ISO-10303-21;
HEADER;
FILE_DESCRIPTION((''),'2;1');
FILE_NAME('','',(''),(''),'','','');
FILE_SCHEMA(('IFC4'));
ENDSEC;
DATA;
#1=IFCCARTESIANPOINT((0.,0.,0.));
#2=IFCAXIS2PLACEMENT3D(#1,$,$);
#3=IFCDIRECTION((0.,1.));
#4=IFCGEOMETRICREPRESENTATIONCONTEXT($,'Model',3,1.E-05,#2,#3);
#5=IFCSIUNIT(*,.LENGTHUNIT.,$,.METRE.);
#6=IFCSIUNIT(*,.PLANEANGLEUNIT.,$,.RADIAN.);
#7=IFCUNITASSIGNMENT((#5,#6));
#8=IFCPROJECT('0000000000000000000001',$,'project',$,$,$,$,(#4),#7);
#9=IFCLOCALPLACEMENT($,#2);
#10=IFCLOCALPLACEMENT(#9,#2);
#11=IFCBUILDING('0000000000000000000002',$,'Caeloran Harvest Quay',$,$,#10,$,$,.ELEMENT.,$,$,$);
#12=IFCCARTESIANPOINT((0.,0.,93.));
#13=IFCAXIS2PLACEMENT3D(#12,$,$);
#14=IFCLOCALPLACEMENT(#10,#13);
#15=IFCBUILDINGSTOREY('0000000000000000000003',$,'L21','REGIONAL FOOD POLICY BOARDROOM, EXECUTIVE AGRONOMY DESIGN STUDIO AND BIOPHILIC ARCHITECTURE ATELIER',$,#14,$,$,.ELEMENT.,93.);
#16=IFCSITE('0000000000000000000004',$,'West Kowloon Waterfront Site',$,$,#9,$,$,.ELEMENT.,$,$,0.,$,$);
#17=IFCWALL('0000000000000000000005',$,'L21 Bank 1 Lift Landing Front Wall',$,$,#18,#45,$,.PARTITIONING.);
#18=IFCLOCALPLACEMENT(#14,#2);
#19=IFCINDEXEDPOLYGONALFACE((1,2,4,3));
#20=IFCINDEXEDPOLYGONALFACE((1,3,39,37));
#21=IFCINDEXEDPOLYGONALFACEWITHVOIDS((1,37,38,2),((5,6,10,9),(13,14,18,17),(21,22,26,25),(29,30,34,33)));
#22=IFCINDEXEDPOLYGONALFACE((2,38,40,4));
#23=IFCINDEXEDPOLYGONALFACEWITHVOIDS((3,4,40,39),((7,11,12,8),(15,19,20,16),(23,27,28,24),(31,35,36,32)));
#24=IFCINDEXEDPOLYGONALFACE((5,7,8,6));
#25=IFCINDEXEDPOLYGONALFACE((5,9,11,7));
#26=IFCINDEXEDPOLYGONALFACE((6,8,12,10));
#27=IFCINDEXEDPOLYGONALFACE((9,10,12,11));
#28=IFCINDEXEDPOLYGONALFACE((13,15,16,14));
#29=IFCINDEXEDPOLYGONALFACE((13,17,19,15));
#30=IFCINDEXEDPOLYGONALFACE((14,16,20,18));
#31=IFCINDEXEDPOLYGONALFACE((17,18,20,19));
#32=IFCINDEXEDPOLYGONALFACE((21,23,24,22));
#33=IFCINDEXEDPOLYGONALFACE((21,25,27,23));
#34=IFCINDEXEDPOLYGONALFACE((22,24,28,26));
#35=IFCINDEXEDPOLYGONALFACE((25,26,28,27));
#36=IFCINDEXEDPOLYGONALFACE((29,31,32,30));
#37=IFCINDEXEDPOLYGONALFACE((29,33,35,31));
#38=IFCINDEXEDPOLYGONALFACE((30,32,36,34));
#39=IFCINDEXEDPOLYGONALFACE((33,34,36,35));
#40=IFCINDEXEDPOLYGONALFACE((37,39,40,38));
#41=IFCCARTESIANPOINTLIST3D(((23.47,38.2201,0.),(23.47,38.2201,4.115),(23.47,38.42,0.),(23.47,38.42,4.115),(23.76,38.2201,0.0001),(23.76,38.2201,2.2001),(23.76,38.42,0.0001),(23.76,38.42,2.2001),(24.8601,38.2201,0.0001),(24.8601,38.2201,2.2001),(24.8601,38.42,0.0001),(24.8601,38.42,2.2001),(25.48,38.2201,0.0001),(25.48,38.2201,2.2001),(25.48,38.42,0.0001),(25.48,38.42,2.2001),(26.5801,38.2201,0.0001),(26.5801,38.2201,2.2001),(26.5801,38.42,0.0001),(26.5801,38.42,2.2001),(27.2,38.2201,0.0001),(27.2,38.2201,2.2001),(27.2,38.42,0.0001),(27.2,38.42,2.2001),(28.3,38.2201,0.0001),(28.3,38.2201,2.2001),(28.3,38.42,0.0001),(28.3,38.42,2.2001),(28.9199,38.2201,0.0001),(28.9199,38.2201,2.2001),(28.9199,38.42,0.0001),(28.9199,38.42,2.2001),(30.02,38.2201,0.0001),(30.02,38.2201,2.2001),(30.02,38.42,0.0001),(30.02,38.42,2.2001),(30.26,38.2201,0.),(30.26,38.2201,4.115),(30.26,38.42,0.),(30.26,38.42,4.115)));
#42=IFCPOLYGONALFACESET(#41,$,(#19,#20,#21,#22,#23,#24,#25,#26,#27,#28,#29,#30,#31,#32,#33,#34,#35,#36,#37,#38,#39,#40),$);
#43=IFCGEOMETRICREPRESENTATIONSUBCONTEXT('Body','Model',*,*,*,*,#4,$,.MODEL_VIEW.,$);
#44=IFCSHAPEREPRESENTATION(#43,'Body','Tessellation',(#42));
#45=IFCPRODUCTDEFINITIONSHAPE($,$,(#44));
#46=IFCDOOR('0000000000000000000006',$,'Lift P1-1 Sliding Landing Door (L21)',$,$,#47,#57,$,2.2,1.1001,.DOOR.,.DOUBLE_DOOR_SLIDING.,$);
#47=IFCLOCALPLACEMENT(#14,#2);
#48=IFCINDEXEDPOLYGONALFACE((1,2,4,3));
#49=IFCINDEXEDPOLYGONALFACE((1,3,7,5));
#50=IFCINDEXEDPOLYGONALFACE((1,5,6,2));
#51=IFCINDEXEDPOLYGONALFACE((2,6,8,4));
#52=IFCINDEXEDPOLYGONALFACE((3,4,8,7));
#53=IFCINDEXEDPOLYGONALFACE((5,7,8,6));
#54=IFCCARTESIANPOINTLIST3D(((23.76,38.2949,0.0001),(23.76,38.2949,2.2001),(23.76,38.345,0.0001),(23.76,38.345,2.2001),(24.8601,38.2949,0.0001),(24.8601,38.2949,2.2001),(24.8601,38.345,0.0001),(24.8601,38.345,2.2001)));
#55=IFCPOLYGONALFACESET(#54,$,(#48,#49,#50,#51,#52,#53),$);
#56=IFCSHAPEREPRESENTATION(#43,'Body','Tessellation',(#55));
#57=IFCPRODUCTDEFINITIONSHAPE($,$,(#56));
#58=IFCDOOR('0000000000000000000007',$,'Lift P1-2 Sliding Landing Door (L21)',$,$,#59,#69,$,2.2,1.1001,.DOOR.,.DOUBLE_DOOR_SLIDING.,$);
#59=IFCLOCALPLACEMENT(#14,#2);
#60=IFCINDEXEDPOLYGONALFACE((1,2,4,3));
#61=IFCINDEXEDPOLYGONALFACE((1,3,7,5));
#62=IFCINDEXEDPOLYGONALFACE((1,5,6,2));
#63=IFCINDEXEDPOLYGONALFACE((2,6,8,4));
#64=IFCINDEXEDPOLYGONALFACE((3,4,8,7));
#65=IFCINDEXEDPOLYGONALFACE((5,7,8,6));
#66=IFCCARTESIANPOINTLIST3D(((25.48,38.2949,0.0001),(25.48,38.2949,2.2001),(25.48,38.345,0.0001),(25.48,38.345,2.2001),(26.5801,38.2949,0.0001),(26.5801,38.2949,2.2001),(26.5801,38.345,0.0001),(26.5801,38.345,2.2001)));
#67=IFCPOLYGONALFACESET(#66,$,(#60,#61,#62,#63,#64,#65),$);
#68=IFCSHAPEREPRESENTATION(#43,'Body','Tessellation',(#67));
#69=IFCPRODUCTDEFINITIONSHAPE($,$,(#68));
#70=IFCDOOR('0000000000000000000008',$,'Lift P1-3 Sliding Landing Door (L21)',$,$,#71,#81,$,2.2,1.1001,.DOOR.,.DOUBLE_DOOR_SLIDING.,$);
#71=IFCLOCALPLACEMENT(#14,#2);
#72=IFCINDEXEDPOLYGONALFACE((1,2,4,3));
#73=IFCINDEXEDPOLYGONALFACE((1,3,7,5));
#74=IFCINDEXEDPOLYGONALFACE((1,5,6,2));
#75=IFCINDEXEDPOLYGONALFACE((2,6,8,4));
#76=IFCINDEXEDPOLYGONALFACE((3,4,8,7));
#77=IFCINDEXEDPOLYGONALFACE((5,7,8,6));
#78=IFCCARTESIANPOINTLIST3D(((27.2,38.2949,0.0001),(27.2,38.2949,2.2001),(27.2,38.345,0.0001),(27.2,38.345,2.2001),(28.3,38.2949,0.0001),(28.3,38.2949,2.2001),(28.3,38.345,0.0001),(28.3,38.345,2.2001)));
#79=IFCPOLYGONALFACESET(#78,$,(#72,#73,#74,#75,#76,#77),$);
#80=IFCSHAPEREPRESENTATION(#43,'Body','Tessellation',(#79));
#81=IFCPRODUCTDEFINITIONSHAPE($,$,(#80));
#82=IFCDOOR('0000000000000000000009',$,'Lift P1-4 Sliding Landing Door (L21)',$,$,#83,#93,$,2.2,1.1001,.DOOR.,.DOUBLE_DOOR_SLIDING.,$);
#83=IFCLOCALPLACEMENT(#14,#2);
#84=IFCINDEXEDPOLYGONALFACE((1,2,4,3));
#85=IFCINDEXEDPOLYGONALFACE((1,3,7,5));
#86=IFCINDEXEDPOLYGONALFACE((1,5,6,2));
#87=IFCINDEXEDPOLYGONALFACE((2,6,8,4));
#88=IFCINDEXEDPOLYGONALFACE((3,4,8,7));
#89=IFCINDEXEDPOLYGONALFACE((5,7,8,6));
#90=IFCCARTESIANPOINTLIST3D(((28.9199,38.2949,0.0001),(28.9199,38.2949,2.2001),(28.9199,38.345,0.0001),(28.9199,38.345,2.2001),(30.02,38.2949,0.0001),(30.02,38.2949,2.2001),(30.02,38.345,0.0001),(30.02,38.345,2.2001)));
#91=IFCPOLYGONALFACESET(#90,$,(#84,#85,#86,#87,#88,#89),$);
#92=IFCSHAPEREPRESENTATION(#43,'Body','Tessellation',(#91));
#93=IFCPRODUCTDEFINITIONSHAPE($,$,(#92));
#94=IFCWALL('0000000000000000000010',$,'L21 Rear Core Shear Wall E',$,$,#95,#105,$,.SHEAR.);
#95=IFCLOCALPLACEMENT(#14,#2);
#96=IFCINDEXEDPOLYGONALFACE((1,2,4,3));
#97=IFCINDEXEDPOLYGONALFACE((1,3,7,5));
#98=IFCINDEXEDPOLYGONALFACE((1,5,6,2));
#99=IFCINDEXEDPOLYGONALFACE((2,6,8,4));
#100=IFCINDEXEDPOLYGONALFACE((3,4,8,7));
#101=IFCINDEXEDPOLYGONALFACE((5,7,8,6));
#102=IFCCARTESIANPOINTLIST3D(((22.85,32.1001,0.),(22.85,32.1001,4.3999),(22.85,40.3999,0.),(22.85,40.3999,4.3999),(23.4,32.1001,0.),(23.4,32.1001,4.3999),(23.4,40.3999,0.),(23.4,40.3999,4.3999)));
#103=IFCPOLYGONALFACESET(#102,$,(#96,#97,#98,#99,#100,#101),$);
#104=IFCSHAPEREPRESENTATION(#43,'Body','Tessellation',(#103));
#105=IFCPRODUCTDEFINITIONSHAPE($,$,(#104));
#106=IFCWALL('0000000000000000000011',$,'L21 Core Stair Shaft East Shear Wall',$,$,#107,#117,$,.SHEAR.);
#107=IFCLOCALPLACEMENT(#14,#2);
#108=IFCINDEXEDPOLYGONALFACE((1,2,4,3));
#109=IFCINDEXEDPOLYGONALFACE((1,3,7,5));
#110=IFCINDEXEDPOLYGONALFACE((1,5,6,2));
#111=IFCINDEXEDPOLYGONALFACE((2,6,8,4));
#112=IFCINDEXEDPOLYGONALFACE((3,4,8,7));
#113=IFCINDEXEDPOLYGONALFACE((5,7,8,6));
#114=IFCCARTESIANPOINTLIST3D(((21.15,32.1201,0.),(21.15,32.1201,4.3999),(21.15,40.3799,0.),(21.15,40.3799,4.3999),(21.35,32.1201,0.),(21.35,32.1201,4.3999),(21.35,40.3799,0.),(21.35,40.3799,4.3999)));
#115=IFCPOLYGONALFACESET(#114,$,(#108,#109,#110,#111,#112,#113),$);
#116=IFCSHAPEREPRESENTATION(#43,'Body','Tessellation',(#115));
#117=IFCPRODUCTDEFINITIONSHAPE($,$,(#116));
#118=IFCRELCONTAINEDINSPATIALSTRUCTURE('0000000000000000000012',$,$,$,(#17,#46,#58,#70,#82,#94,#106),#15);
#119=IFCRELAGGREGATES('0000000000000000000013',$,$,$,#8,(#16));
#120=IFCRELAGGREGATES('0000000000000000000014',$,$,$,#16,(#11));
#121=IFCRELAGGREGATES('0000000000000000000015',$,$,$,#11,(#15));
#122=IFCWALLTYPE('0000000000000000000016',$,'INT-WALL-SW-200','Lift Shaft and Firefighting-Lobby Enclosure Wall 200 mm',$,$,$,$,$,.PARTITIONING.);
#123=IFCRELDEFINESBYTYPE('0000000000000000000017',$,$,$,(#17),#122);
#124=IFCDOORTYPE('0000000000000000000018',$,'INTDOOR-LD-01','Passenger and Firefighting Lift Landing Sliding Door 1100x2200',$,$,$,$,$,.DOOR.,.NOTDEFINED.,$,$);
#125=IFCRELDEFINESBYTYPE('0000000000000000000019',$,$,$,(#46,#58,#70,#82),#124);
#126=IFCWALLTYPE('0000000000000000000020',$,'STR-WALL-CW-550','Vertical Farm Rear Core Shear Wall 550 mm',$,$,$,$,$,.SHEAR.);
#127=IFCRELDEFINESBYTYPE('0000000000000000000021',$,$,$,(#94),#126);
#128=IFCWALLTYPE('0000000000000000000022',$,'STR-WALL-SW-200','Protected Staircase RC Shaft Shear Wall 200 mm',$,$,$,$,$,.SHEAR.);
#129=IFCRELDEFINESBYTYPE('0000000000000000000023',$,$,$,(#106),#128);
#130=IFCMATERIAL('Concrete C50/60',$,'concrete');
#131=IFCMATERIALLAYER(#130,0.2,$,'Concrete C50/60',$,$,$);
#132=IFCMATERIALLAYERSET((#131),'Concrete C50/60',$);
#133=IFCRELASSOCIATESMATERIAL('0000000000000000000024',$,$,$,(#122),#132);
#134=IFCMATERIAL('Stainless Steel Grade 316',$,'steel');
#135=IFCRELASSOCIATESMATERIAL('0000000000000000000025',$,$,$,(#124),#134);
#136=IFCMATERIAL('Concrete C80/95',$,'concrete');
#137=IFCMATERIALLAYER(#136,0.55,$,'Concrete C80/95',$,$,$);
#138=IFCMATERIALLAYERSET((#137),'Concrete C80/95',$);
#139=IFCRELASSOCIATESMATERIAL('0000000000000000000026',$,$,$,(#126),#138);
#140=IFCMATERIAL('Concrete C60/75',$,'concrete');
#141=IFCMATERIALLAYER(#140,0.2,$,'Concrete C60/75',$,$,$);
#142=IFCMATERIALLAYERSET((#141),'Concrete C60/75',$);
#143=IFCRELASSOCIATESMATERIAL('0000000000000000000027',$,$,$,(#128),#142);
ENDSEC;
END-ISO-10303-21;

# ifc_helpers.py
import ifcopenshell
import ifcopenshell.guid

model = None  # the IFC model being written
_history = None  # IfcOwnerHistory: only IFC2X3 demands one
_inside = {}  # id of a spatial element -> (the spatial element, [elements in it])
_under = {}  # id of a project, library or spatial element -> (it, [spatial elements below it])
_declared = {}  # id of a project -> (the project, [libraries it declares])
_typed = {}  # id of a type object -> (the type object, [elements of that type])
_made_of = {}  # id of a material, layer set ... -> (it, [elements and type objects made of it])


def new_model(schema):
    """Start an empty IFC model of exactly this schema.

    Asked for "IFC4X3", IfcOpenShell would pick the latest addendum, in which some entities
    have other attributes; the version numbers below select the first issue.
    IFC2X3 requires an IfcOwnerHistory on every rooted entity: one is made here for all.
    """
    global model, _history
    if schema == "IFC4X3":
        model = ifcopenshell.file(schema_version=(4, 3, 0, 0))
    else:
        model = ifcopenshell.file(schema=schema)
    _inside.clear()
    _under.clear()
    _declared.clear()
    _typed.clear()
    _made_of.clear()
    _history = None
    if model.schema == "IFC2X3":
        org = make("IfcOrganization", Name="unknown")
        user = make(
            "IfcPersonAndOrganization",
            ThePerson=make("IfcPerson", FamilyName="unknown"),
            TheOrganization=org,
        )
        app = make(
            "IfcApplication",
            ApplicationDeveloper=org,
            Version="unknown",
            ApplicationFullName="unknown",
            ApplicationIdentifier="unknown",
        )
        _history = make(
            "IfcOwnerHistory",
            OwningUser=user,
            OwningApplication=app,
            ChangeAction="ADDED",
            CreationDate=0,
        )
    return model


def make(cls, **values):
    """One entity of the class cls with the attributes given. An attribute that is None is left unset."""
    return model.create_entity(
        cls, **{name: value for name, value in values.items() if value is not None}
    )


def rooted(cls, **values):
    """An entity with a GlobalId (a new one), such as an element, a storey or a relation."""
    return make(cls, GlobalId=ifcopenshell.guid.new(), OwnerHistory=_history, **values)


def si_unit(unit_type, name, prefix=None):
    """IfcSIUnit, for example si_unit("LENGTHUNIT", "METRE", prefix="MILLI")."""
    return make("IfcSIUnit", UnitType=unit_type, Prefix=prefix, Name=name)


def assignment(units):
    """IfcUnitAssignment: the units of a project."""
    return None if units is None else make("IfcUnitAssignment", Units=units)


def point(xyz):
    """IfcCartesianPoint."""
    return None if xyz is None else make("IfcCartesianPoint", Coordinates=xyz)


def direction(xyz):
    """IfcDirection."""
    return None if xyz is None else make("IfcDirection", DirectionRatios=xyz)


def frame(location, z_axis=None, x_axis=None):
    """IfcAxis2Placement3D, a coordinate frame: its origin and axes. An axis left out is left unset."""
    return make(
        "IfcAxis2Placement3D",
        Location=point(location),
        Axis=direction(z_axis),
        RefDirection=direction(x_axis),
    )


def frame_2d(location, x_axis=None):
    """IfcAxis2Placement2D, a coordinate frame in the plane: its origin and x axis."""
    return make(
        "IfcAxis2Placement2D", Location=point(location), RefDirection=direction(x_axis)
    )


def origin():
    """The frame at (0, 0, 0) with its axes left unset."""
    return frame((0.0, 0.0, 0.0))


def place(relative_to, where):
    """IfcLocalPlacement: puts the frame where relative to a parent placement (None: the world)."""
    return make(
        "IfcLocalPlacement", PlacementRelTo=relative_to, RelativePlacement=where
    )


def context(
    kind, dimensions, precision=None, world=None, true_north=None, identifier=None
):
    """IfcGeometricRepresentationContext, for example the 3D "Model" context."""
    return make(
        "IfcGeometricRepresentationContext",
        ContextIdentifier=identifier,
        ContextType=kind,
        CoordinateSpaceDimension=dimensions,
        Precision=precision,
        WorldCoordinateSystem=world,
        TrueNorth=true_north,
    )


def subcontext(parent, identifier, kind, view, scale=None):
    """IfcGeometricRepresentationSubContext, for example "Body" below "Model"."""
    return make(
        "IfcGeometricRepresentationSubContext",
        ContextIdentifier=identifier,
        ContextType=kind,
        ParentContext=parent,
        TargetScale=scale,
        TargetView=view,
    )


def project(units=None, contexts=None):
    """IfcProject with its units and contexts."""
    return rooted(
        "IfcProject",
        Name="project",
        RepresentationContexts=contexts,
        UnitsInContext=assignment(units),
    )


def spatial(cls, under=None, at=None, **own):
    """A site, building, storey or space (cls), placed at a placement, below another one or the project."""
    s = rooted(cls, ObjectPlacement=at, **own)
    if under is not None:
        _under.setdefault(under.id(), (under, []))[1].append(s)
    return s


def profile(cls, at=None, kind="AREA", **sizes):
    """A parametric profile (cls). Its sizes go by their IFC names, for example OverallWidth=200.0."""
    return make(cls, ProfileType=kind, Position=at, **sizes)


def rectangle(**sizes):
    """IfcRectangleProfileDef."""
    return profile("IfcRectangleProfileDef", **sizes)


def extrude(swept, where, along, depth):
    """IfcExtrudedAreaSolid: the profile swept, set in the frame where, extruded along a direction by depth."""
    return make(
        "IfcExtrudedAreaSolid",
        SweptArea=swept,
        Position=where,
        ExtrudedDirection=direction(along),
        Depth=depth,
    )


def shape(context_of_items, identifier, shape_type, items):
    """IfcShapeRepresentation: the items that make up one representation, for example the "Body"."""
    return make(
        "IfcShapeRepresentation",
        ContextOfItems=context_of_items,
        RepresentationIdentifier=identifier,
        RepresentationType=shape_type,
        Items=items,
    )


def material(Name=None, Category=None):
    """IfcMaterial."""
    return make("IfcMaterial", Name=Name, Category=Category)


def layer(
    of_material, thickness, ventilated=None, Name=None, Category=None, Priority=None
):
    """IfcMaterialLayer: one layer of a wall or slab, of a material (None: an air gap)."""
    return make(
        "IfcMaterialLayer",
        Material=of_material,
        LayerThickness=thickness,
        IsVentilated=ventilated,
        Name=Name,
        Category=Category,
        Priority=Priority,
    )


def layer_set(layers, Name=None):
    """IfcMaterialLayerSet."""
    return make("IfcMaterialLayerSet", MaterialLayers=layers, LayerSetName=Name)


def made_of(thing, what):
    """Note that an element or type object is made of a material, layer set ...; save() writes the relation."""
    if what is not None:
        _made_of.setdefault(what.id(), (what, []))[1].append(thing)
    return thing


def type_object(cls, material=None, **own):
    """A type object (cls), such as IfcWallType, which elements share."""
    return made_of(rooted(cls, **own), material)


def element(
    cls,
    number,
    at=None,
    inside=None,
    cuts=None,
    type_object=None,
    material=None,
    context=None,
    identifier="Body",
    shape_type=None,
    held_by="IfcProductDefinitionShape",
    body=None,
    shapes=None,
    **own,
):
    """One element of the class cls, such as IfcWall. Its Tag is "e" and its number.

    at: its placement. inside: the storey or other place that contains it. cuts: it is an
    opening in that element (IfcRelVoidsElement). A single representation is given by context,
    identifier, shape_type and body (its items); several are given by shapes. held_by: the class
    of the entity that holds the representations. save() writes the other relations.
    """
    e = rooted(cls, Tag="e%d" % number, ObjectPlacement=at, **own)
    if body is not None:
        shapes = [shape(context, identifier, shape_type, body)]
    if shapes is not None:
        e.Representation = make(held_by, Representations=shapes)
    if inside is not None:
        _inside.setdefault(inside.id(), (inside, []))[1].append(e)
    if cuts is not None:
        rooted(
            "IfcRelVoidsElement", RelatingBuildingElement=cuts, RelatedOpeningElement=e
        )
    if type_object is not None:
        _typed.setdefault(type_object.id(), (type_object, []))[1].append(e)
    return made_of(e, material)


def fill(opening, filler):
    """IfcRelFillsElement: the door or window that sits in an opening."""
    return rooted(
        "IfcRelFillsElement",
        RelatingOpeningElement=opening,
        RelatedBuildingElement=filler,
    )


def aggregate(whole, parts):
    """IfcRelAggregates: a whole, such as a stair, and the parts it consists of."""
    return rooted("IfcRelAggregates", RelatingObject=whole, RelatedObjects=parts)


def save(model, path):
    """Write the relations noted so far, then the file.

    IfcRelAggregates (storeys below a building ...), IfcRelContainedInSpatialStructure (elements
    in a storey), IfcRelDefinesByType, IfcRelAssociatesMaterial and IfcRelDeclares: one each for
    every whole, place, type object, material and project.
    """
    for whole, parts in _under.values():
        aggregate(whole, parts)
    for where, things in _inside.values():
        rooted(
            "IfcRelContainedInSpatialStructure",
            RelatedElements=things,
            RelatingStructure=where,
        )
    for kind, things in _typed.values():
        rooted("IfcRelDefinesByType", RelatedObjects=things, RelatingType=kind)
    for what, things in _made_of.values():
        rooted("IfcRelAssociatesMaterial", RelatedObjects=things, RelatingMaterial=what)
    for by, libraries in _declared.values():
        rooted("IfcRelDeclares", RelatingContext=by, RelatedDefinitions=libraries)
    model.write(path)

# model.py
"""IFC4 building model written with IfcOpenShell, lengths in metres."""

from ifc_helpers import new_model, si_unit, direction, frame, frame_2d, origin, place, context, subcontext, project, spatial, rectangle, extrude, material, layer, layer_set, type_object, element, fill, save


model = new_model("IFC4")

# Units and contexts
model_context = context("Model", 3, precision=1e-05, world=origin(), true_north=direction((0.0, 1.0)))
body_context = subcontext(model_context, "Body", "Model", "MODEL_VIEW")
ifc_project = project(units=[si_unit("LENGTHUNIT", "METRE"), si_unit("PLANEANGLEUNIT", "RADIAN")], contexts=[model_context])

# Site, building, storey
site_placement = place(None, origin())
site = spatial("IfcSite", under=ifc_project, at=site_placement, Name="West Kowloon Waterfront Site", CompositionType="ELEMENT", RefElevation=0.0)
building_placement = place(site_placement, origin())
building = spatial("IfcBuilding", under=site, at=building_placement, Name="Caeloran Harvest Quay", CompositionType="ELEMENT")
storey_placement = place(building_placement, frame((0.0, 0.0, 93.0)))
storey = spatial("IfcBuildingStorey", under=building, at=storey_placement, Name="L21", Description="REGIONAL FOOD POLICY BOARDROOM, EXECUTIVE AGRONOMY DESIGN STUDIO AND BIOPHILIC ARCHITECTURE ATELIER", CompositionType="ELEMENT", Elevation=93.0)

# Shared definitions
ifc_material_1 = material(Name="Concrete C80/95", Category="concrete")

# Shared definitions
ifc_material_2 = material(Name="Concrete C50/60", Category="concrete")
ifc_layer_1 = layer(ifc_material_2, 0.2, Name="Concrete C50/60")
ifc_layer_set_1 = layer_set([ifc_layer_1], Name="Concrete C50/60")
wall_type_1 = type_object("IfcWallType", Name="INT-WALL-SW-200", Description="Lift Shaft and Firefighting-Lobby Enclosure Wall 200 mm", PredefinedType="PARTITIONING", material=ifc_layer_set_1)
ifc_material_3 = material(Name="Stainless Steel Grade 316", Category="steel")

# Wall, openings, doors
wall_1_placement = place(storey_placement, frame((23.47, 38.3201, 0.0), z_axis=(0.0, 0.0, 1.0), x_axis=(1.0, 0.0, 0.0)))
wall_1 = element("IfcWall", 1, at=wall_1_placement, inside=storey, type_object=wall_type_1, Name="L21 Bank 1 Lift Landing Front Wall", PredefinedType="PARTITIONING", context=body_context, shape_type="SweptSolid", body=[
    extrude(rectangle(XDim=6.79, YDim=0.2, at=frame_2d((3.395, 0.0))), origin(), (0.0, 0.0, 1.0), 4.115),
])
opening_1_placement = place(wall_1_placement, frame((0.29, 0.0, 0.0)))
opening_1 = element("IfcOpeningElement", 2, at=opening_1_placement, cuts=wall_1, PredefinedType="OPENING", context=body_context, shape_type="SweptSolid", body=[
    extrude(rectangle(XDim=1.1001, YDim=2.2, at=frame_2d((0.55, 1.1001))), frame((0.0, 0.1099, 0.0), z_axis=(0.0, -1.0, 0.0), x_axis=(1.0, 0.0, 0.0)), (0.0, 0.0, 1.0), 0.22),
])
opening_2_placement = place(wall_1_placement, frame((2.01, 0.0, 0.0)))
opening_2 = element("IfcOpeningElement", 3, at=opening_2_placement, cuts=wall_1, PredefinedType="OPENING", context=body_context, shape_type="SweptSolid", body=[
    extrude(rectangle(XDim=1.1001, YDim=2.2, at=frame_2d((0.55, 1.1001))), frame((0.0, 0.1099, 0.0), z_axis=(0.0, -1.0, 0.0), x_axis=(1.0, 0.0, 0.0)), (0.0, 0.0, 1.0), 0.22),
])
opening_3_placement = place(wall_1_placement, frame((3.73, 0.0, 0.0)))
opening_3 = element("IfcOpeningElement", 4, at=opening_3_placement, cuts=wall_1, PredefinedType="OPENING", context=body_context, shape_type="SweptSolid", body=[
    extrude(rectangle(XDim=1.1001, YDim=2.2, at=frame_2d((0.55, 1.1001))), frame((0.0, 0.1099, 0.0), z_axis=(0.0, -1.0, 0.0), x_axis=(1.0, 0.0, 0.0)), (0.0, 0.0, 1.0), 0.22),
])
opening_4_placement = place(wall_1_placement, frame((5.45, 0.0, 0.0)))
opening_4 = element("IfcOpeningElement", 5, at=opening_4_placement, cuts=wall_1, PredefinedType="OPENING", context=body_context, shape_type="SweptSolid", body=[
    extrude(rectangle(XDim=1.1001, YDim=2.2, at=frame_2d((0.55, 1.1001))), frame((0.0, 0.1099, 0.0), z_axis=(0.0, -1.0, 0.0), x_axis=(1.0, 0.0, 0.0)), (0.0, 0.0, 1.0), 0.22),
])
door_type_1 = type_object("IfcDoorType", Name="INTDOOR-LD-01", Description="Passenger and Firefighting Lift Landing Sliding Door 1100x2200", OperationType="NOTDEFINED", PredefinedType="DOOR", material=ifc_material_3)
door_1_placement = place(opening_1_placement, origin())
door_1 = element("IfcDoor", 6, at=door_1_placement, inside=storey, type_object=door_type_1, Name="Lift P1-1 Sliding Landing Door (L21)", OperationType="DOUBLE_DOOR_SLIDING", OverallHeight=2.2, OverallWidth=1.1001, PredefinedType="DOOR", context=body_context, shape_type="SweptSolid", body=[
    extrude(rectangle(XDim=1.1001, YDim=2.2, at=frame_2d((0.55, 1.1001))), frame((0.0, 0.0249, 0.0), z_axis=(0.0, -1.0, 0.0), x_axis=(1.0, 0.0, 0.0)), (0.0, 0.0, 1.0), 0.05),
])
fill(opening_1, door_1)
door_2_placement = place(opening_2_placement, origin())
door_2 = element("IfcDoor", 7, at=door_2_placement, inside=storey, type_object=door_type_1, Name="Lift P1-2 Sliding Landing Door (L21)", OperationType="DOUBLE_DOOR_SLIDING", OverallHeight=2.2, OverallWidth=1.1001, PredefinedType="DOOR", context=body_context, shape_type="SweptSolid", body=[
    extrude(rectangle(XDim=1.1001, YDim=2.2, at=frame_2d((0.55, 1.1001))), frame((0.0, 0.0249, 0.0), z_axis=(0.0, -1.0, 0.0), x_axis=(1.0, 0.0, 0.0)), (0.0, 0.0, 1.0), 0.05),
])
fill(opening_2, door_2)
door_3_placement = place(opening_3_placement, origin())
door_3 = element("IfcDoor", 8, at=door_3_placement, inside=storey, type_object=door_type_1, Name="Lift P1-3 Sliding Landing Door (L21)", OperationType="DOUBLE_DOOR_SLIDING", OverallHeight=2.2, OverallWidth=1.1001, PredefinedType="DOOR", context=body_context, shape_type="SweptSolid", body=[
    extrude(rectangle(XDim=1.1001, YDim=2.2, at=frame_2d((0.55, 1.1001))), frame((0.0, 0.0249, 0.0), z_axis=(0.0, -1.0, 0.0), x_axis=(1.0, 0.0, 0.0)), (0.0, 0.0, 1.0), 0.05),
])
fill(opening_3, door_3)
door_4_placement = place(opening_4_placement, origin())
door_4 = element("IfcDoor", 9, at=door_4_placement, inside=storey, type_object=door_type_1, Name="Lift P1-4 Sliding Landing Door (L21)", OperationType="DOUBLE_DOOR_SLIDING", OverallHeight=2.2, OverallWidth=1.1001, PredefinedType="DOOR", context=body_context, shape_type="SweptSolid", body=[
    extrude(rectangle(XDim=1.1001, YDim=2.2, at=frame_2d((0.55, 1.1001))), frame((0.0, 0.0249, 0.0), z_axis=(0.0, -1.0, 0.0), x_axis=(1.0, 0.0, 0.0)), (0.0, 0.0, 1.0), 0.05),
])
fill(opening_4, door_4)

# Walls
ifc_layer_2 = layer(ifc_material_1, 0.55, Name="Concrete C80/95")
ifc_layer_set_2 = layer_set([ifc_layer_2], Name="Concrete C80/95")
wall_type_2 = type_object("IfcWallType", Name="STR-WALL-CW-550", Description="Vertical Farm Rear Core Shear Wall 550 mm", PredefinedType="SHEAR", material=ifc_layer_set_2)
wall_2_placement = place(storey_placement, frame((23.125, 32.1001, 0.0), z_axis=(0.0, 0.0, 1.0), x_axis=(0.0, 1.0, 0.0)))
element("IfcWall", 10, at=wall_2_placement, inside=storey, type_object=wall_type_2, Name="L21 Rear Core Shear Wall E", PredefinedType="SHEAR", context=body_context, shape_type="SweptSolid", body=[
    extrude(rectangle(XDim=8.2998, YDim=0.55, at=frame_2d((4.1499, 0.0))), origin(), (0.0, 0.0, 1.0), 4.3999),
])
ifc_material_4 = material(Name="Concrete C60/75", Category="concrete")
ifc_layer_3 = layer(ifc_material_4, 0.2, Name="Concrete C60/75")
ifc_layer_set_3 = layer_set([ifc_layer_3], Name="Concrete C60/75")
wall_type_3 = type_object("IfcWallType", Name="STR-WALL-SW-200", Description="Protected Staircase RC Shaft Shear Wall 200 mm", PredefinedType="SHEAR", material=ifc_layer_set_3)
wall_3_placement = place(storey_placement, frame((21.25, 32.1201, 0.0), z_axis=(0.0, 0.0, 1.0), x_axis=(0.0, 1.0, 0.0)))
element("IfcWall", 11, at=wall_3_placement, inside=storey, type_object=wall_type_3, Name="L21 Core Stair Shaft East Shear Wall", PredefinedType="SHEAR", context=body_context, shape_type="SweptSolid", body=[
    extrude(rectangle(XDim=8.2598, YDim=0.2, at=frame_2d((4.1299, 0.0))), origin(), (0.0, 0.0, 1.0), 4.3999),
])

save(model, "model.ifc")
